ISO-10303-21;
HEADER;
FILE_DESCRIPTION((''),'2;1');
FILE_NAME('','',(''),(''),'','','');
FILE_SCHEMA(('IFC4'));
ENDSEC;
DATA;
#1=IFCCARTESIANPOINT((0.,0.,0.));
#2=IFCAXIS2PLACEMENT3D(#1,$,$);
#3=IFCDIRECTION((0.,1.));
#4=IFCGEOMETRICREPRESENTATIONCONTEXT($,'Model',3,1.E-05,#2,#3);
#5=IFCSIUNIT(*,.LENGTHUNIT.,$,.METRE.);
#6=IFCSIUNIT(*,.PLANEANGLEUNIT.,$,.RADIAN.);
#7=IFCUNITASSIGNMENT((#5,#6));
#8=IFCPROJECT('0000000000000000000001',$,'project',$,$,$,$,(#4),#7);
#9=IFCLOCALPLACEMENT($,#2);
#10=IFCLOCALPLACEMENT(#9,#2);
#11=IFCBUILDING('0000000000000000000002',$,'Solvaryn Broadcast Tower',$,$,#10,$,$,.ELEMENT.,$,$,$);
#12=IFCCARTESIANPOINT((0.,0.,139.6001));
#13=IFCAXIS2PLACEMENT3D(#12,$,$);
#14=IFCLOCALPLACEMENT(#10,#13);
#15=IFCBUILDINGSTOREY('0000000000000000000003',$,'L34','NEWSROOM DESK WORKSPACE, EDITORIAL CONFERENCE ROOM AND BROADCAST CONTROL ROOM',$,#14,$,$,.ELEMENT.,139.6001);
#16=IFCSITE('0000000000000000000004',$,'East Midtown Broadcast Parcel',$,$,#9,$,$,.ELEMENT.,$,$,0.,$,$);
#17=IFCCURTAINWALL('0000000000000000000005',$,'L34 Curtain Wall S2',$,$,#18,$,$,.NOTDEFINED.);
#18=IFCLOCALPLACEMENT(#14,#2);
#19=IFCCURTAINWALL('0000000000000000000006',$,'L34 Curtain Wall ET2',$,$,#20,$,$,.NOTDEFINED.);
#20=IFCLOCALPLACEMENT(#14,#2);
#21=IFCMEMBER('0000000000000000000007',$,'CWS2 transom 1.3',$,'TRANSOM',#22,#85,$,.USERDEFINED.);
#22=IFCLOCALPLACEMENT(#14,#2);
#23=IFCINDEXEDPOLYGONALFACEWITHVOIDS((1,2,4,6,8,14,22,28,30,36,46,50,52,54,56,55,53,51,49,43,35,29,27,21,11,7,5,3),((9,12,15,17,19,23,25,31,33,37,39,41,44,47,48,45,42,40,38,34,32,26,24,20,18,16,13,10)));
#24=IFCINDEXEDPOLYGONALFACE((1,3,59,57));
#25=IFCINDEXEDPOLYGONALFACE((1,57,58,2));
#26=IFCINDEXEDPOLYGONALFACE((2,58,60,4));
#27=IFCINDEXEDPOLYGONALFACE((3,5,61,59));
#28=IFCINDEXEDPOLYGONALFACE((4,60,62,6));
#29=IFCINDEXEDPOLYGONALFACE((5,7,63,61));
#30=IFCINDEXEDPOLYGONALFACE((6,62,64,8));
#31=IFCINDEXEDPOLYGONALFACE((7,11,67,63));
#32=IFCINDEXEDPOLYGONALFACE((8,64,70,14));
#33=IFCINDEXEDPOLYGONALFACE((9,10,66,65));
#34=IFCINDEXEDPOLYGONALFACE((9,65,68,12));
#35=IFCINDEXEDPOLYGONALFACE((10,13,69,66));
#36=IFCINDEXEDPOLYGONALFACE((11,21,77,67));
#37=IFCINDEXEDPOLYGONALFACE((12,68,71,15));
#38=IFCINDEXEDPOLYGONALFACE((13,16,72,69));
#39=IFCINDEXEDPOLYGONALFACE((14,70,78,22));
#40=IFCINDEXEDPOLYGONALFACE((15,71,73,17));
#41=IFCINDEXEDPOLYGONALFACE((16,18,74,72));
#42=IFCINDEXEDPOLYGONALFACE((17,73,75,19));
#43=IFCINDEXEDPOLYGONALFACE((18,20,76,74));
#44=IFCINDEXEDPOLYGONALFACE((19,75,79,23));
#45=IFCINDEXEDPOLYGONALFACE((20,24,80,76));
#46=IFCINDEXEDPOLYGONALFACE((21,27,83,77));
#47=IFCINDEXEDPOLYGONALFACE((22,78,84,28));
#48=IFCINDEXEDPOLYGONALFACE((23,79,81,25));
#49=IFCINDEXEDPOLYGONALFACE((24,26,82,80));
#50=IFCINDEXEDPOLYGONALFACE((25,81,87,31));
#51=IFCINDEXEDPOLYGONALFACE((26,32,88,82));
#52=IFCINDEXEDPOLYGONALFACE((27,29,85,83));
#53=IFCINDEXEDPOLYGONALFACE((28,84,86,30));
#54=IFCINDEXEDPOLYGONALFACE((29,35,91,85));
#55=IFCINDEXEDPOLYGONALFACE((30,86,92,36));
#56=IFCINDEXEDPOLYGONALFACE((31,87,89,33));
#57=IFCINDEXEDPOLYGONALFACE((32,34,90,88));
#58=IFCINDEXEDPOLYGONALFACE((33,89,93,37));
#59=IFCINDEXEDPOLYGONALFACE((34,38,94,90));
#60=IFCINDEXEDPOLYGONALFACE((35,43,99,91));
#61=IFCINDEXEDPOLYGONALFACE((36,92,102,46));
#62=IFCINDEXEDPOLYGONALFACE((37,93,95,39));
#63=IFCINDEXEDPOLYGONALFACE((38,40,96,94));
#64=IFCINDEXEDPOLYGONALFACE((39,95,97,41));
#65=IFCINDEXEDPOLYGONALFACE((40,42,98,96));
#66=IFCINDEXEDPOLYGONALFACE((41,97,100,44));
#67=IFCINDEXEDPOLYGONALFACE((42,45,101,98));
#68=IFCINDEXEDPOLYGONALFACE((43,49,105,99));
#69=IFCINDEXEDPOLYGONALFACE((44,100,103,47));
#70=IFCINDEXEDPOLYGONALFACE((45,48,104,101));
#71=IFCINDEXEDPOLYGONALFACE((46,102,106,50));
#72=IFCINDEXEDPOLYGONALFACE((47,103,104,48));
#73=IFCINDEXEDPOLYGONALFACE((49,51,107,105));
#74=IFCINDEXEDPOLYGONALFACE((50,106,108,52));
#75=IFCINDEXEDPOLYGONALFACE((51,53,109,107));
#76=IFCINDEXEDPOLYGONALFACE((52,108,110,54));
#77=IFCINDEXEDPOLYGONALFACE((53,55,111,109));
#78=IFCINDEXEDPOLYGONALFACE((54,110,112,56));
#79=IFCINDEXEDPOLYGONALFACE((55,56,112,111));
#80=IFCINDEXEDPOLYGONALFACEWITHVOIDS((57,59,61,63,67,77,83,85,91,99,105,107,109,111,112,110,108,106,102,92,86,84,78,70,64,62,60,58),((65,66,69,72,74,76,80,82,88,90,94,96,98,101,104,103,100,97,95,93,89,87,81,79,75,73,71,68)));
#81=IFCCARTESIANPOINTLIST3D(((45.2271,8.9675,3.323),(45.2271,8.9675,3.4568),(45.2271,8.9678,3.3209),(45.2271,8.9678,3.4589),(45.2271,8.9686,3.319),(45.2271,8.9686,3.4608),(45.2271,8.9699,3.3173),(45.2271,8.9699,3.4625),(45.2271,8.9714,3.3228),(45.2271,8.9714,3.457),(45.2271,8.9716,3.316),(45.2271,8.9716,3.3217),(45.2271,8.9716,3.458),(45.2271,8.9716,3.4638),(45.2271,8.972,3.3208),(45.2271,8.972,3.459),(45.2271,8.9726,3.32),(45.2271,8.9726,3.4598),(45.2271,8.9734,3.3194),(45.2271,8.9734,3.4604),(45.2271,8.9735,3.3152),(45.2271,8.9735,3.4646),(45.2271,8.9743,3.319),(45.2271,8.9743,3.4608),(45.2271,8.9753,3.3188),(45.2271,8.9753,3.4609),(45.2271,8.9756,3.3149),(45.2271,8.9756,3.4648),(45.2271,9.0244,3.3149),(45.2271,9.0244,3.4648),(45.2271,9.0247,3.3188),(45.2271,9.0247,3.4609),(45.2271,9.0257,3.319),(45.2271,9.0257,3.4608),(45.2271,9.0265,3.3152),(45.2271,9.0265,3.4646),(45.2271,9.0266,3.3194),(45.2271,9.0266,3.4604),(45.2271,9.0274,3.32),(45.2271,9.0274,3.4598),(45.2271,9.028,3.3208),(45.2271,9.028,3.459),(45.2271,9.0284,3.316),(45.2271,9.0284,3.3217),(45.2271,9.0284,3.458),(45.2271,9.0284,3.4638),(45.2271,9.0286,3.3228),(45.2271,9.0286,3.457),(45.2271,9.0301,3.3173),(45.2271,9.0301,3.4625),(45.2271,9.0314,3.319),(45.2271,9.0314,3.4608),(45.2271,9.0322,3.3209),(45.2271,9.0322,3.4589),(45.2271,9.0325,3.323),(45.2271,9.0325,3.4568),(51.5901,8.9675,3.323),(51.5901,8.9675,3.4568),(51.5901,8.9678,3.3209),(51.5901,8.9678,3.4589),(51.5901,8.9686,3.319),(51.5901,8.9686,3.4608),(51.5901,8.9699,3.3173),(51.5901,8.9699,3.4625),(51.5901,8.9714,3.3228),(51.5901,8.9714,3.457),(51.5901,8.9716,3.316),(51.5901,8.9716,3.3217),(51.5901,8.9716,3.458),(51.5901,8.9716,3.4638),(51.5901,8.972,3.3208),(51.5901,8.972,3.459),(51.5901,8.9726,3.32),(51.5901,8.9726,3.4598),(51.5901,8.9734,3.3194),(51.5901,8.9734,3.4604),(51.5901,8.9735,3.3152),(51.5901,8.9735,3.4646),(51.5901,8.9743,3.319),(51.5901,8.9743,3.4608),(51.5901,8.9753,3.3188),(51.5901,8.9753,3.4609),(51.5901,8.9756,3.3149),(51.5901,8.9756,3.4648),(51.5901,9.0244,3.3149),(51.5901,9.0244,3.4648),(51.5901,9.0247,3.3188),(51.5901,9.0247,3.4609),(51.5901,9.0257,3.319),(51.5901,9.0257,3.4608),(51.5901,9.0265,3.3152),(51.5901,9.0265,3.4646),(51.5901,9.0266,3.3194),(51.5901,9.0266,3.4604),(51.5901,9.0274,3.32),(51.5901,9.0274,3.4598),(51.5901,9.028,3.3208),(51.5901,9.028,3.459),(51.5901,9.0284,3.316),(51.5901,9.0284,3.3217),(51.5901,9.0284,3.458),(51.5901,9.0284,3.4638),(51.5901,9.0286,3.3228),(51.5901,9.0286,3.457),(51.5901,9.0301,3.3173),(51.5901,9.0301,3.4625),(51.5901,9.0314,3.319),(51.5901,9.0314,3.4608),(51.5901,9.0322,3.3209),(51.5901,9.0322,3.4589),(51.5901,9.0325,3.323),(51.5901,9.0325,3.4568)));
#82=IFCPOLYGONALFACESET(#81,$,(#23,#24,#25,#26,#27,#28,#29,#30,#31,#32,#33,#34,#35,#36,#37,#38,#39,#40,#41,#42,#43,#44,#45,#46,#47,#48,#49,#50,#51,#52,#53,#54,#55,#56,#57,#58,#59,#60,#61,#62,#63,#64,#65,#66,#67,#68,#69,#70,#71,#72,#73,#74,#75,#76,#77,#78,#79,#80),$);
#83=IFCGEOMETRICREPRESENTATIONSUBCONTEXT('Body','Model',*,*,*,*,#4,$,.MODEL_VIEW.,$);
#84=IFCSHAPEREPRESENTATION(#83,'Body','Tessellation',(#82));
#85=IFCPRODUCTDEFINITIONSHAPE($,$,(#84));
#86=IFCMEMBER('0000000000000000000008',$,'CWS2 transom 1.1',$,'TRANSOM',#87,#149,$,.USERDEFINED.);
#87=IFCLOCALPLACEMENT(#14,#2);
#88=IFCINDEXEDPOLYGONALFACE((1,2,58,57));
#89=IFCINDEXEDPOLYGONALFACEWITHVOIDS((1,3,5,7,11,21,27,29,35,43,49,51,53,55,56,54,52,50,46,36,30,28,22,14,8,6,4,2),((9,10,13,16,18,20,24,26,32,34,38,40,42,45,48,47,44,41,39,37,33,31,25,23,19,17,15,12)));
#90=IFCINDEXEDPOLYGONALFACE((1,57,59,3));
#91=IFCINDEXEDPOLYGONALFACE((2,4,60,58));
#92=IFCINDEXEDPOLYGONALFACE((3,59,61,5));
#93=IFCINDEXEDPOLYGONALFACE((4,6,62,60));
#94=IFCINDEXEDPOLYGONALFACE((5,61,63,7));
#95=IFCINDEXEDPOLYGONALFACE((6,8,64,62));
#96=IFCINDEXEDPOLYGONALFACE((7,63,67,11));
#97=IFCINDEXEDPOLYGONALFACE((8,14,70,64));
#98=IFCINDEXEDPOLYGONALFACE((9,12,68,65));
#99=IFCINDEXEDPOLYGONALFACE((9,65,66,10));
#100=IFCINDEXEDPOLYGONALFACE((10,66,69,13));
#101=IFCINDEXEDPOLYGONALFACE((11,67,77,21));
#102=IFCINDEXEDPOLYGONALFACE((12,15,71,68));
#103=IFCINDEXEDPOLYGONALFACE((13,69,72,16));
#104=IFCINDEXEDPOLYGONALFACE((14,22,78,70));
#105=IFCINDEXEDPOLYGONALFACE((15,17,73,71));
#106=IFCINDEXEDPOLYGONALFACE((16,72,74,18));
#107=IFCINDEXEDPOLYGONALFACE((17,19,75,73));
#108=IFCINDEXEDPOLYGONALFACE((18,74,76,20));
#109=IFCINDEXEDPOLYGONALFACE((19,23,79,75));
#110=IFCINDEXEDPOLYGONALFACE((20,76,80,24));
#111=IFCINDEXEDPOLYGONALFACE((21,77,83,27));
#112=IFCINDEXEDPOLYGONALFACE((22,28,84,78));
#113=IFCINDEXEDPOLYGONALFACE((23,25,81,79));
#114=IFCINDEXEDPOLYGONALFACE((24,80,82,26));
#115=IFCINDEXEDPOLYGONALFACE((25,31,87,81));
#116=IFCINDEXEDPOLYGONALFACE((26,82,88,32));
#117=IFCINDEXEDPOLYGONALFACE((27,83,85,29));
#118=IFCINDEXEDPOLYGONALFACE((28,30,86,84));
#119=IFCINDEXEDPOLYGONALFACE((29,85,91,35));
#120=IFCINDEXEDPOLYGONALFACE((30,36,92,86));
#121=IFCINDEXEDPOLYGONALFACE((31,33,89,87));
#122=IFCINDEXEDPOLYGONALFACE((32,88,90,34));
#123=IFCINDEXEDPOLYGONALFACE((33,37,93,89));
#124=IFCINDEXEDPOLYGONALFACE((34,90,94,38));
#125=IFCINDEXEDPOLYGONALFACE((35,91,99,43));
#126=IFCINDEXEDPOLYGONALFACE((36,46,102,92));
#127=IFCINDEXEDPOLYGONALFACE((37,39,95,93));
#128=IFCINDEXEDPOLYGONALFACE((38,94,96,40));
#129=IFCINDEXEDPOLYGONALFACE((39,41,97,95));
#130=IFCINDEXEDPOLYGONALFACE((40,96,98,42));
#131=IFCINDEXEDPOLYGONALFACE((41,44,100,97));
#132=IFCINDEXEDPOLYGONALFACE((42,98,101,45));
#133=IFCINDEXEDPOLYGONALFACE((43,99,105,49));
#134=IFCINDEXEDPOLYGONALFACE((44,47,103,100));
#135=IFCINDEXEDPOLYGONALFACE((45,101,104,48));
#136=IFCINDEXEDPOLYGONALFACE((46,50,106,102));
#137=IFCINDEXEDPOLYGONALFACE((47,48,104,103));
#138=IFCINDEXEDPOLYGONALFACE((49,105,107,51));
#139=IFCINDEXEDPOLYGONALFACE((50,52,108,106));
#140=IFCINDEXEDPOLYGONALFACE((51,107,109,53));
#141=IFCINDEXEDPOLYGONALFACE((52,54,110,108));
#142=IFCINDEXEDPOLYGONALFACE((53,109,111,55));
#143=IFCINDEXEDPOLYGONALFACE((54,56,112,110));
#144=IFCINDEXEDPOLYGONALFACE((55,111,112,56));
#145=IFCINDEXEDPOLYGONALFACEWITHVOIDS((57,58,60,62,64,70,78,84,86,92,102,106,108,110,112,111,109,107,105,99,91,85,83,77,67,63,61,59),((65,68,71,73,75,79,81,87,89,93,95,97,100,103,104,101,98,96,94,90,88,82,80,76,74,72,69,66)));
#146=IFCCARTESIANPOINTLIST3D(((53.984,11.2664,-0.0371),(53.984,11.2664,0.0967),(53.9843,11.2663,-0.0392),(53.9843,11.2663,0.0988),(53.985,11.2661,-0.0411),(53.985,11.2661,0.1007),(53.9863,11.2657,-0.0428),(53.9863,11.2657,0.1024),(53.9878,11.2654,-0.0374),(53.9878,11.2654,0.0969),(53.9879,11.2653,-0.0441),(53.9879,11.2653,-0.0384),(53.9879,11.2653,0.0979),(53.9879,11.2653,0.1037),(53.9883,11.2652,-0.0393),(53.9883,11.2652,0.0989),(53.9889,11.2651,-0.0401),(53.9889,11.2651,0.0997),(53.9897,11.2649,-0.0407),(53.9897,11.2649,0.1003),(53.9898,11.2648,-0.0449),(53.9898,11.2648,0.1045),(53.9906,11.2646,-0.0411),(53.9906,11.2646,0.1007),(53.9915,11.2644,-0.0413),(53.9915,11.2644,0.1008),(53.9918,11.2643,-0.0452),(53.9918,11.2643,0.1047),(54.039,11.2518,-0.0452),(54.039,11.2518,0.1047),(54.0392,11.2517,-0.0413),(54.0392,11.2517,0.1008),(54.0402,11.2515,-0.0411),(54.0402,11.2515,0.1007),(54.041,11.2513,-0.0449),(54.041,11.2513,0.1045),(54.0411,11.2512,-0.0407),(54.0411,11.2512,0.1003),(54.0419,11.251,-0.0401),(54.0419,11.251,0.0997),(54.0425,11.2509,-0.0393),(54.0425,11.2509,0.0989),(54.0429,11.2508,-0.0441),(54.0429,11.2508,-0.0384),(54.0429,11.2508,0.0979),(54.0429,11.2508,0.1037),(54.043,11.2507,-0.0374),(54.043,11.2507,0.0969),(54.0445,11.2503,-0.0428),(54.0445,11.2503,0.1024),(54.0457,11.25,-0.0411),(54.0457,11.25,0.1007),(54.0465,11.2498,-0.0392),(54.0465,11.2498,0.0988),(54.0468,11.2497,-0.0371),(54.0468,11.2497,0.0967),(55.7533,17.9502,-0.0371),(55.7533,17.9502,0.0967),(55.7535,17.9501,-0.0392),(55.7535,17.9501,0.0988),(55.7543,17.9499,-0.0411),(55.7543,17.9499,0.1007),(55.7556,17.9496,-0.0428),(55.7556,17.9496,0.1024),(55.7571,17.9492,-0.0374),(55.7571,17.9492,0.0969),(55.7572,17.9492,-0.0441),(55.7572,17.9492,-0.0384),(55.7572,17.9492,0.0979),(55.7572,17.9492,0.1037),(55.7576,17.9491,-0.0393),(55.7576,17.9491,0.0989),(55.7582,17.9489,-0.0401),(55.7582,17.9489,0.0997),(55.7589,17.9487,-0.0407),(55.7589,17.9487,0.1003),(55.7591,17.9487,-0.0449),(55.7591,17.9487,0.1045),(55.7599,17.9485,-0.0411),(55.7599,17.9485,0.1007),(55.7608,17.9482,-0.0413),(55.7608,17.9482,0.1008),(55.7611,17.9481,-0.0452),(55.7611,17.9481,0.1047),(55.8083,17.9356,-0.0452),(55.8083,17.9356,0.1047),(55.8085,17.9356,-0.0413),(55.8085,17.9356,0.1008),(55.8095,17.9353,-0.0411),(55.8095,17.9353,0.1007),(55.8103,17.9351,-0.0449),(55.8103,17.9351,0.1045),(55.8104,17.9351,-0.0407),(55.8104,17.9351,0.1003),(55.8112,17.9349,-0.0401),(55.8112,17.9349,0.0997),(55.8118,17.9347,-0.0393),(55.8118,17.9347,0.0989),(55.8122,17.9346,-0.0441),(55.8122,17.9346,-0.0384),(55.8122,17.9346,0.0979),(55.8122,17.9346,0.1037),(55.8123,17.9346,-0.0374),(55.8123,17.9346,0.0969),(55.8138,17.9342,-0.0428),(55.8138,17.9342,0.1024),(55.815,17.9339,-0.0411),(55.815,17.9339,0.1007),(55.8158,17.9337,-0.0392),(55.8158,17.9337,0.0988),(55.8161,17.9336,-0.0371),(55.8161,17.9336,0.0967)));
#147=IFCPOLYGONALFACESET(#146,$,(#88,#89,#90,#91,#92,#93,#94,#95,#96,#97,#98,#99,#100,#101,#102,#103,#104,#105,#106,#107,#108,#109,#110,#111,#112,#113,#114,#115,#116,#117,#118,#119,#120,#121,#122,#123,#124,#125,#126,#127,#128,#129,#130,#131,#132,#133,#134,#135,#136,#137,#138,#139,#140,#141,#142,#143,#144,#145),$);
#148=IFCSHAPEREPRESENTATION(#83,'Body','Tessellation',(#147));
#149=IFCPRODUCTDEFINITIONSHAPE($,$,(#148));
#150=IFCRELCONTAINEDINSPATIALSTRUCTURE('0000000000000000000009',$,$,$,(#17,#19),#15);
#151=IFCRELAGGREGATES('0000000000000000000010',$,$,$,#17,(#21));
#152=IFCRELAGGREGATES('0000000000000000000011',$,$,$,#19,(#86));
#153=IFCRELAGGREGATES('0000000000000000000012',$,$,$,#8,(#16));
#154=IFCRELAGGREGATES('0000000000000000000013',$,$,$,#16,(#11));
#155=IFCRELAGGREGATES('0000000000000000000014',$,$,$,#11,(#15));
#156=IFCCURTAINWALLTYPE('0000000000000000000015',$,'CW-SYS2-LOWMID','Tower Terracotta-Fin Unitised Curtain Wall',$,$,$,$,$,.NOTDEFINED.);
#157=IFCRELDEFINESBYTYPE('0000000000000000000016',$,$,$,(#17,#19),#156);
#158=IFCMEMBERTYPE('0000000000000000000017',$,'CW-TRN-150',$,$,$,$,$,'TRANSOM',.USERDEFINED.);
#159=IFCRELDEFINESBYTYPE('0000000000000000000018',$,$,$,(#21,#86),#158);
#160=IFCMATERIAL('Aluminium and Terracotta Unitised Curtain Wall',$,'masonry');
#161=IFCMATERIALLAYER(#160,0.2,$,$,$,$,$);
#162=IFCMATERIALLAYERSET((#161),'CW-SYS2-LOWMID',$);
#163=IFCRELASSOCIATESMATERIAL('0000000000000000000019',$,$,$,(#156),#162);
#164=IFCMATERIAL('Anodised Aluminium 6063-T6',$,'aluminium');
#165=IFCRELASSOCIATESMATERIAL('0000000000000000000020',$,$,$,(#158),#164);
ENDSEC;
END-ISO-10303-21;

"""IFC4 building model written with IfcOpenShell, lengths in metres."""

from ifc_helpers import new_model, si_unit, direction, frame, origin, origin_2d, place, context, subcontext, project, spatial, hollow_rectangle, extrude, material, layer, layer_set, material_profile, profile_set, type_object, element, aggregate, save


model = new_model("IFC4")

# Units and contexts
model_context = context("Model", 3, precision=1e-05, world=origin(), true_north=direction((0.0, 1.0)))
body_context = subcontext(model_context, "Body", "Model", "MODEL_VIEW")
ifc_project = project(units=[si_unit("LENGTHUNIT", "METRE"), si_unit("PLANEANGLEUNIT", "RADIAN")], contexts=[model_context])

# Site, building, storey
site_placement = place(None, origin())
site = spatial("IfcSite", under=ifc_project, at=site_placement, Name="East Midtown Broadcast Parcel", CompositionType="ELEMENT", RefElevation=0.0)
building_placement = place(site_placement, origin())
building = spatial("IfcBuilding", under=site, at=building_placement, Name="Solvaryn Broadcast Tower", CompositionType="ELEMENT")
storey_placement = place(building_placement, frame((0.0, 0.0, 139.6001)))
storey = spatial("IfcBuildingStorey", under=building, at=storey_placement, Name="L34", Description="NEWSROOM DESK WORKSPACE, EDITORIAL CONFERENCE ROOM AND BROADCAST CONTROL ROOM", CompositionType="ELEMENT", Elevation=139.6001)

# Curtain wall
ifc_material_1 = material(Name="Aluminium and Terracotta Unitised Curtain Wall", Category="masonry")
ifc_layer_1 = layer(ifc_material_1, 0.2)
ifc_layer_set_1 = layer_set([ifc_layer_1], Name="CW-SYS2-LOWMID")
curtain_wall_type = type_object("IfcCurtainWallType", Name="CW-SYS2-LOWMID", Description="Tower Terracotta-Fin Unitised Curtain Wall", PredefinedType="NOTDEFINED", material=ifc_layer_set_1)
curtain_wall_1_placement = place(storey_placement, origin())
curtain_wall_1 = element("IfcCurtainWall", 1, at=curtain_wall_1_placement, inside=storey, type_object=curtain_wall_type, Name="L34 Curtain Wall S2", PredefinedType="NOTDEFINED")

# Curtain wall
curtain_wall_2_placement = place(storey_placement, origin())
curtain_wall_2 = element("IfcCurtainWall", 2, at=curtain_wall_2_placement, inside=storey, type_object=curtain_wall_type, Name="L34 Curtain Wall ET2", PredefinedType="NOTDEFINED")

# Members
ifc_material_2 = material(Name="Anodised Aluminium 6063-T6", Category="aluminium")
ifc_material_profile_1 = material_profile(ifc_material_2, hollow_rectangle(XDim=0.0649, YDim=0.1499, WallThickness=0.0039, InnerFilletRadius=0.0039, OuterFilletRadius=0.0081, at=origin_2d()))
ifc_profile_set_1 = profile_set([ifc_material_profile_1], Name="Anodised Aluminium 6063-T6")
member_type_1 = type_object("IfcMemberType", Name="CW-TRN-150", ElementType="TRANSOM", PredefinedType="USERDEFINED", material=ifc_profile_set_1)
member_1_placement = place(storey_placement, frame((45.2271, 9.0, 3.3899), z_axis=(1.0, 0.0, 0.0), x_axis=(0.0, 1.0, 0.0)))
member_1 = element("IfcMember", 3, at=member_1_placement, type_object=member_type_1, Name="CWS2 transom 1.3", ObjectType="TRANSOM", PredefinedType="USERDEFINED", context=body_context, shape_type="SweptSolid", body=[
    extrude(hollow_rectangle(XDim=0.0649, YDim=0.1499, WallThickness=0.0039, InnerFilletRadius=0.0039, OuterFilletRadius=0.0081, at=origin_2d()), origin(), (0.0, 0.0, 1.0), 6.363),
])
member_2_placement = place(storey_placement, frame((55.7847, 17.9419, 0.0298), z_axis=(-0.255897, -0.966704, 0.0), x_axis=(0.966704, -0.255897, 0.0)))
member_2 = element("IfcMember", 4, at=member_2_placement, type_object=member_type_1, Name="CWS2 transom 1.1", ObjectType="TRANSOM", PredefinedType="USERDEFINED", context=body_context, shape_type="SweptSolid", body=[
    extrude(hollow_rectangle(XDim=0.0649, YDim=0.1499, WallThickness=0.0039, InnerFilletRadius=0.0039, OuterFilletRadius=0.0081, at=origin_2d()), origin(), (0.0, 0.0, 1.0), 6.9141),
])

aggregate(curtain_wall_1, [member_1])
aggregate(curtain_wall_2, [member_2])

save(model, "model.ifc")
